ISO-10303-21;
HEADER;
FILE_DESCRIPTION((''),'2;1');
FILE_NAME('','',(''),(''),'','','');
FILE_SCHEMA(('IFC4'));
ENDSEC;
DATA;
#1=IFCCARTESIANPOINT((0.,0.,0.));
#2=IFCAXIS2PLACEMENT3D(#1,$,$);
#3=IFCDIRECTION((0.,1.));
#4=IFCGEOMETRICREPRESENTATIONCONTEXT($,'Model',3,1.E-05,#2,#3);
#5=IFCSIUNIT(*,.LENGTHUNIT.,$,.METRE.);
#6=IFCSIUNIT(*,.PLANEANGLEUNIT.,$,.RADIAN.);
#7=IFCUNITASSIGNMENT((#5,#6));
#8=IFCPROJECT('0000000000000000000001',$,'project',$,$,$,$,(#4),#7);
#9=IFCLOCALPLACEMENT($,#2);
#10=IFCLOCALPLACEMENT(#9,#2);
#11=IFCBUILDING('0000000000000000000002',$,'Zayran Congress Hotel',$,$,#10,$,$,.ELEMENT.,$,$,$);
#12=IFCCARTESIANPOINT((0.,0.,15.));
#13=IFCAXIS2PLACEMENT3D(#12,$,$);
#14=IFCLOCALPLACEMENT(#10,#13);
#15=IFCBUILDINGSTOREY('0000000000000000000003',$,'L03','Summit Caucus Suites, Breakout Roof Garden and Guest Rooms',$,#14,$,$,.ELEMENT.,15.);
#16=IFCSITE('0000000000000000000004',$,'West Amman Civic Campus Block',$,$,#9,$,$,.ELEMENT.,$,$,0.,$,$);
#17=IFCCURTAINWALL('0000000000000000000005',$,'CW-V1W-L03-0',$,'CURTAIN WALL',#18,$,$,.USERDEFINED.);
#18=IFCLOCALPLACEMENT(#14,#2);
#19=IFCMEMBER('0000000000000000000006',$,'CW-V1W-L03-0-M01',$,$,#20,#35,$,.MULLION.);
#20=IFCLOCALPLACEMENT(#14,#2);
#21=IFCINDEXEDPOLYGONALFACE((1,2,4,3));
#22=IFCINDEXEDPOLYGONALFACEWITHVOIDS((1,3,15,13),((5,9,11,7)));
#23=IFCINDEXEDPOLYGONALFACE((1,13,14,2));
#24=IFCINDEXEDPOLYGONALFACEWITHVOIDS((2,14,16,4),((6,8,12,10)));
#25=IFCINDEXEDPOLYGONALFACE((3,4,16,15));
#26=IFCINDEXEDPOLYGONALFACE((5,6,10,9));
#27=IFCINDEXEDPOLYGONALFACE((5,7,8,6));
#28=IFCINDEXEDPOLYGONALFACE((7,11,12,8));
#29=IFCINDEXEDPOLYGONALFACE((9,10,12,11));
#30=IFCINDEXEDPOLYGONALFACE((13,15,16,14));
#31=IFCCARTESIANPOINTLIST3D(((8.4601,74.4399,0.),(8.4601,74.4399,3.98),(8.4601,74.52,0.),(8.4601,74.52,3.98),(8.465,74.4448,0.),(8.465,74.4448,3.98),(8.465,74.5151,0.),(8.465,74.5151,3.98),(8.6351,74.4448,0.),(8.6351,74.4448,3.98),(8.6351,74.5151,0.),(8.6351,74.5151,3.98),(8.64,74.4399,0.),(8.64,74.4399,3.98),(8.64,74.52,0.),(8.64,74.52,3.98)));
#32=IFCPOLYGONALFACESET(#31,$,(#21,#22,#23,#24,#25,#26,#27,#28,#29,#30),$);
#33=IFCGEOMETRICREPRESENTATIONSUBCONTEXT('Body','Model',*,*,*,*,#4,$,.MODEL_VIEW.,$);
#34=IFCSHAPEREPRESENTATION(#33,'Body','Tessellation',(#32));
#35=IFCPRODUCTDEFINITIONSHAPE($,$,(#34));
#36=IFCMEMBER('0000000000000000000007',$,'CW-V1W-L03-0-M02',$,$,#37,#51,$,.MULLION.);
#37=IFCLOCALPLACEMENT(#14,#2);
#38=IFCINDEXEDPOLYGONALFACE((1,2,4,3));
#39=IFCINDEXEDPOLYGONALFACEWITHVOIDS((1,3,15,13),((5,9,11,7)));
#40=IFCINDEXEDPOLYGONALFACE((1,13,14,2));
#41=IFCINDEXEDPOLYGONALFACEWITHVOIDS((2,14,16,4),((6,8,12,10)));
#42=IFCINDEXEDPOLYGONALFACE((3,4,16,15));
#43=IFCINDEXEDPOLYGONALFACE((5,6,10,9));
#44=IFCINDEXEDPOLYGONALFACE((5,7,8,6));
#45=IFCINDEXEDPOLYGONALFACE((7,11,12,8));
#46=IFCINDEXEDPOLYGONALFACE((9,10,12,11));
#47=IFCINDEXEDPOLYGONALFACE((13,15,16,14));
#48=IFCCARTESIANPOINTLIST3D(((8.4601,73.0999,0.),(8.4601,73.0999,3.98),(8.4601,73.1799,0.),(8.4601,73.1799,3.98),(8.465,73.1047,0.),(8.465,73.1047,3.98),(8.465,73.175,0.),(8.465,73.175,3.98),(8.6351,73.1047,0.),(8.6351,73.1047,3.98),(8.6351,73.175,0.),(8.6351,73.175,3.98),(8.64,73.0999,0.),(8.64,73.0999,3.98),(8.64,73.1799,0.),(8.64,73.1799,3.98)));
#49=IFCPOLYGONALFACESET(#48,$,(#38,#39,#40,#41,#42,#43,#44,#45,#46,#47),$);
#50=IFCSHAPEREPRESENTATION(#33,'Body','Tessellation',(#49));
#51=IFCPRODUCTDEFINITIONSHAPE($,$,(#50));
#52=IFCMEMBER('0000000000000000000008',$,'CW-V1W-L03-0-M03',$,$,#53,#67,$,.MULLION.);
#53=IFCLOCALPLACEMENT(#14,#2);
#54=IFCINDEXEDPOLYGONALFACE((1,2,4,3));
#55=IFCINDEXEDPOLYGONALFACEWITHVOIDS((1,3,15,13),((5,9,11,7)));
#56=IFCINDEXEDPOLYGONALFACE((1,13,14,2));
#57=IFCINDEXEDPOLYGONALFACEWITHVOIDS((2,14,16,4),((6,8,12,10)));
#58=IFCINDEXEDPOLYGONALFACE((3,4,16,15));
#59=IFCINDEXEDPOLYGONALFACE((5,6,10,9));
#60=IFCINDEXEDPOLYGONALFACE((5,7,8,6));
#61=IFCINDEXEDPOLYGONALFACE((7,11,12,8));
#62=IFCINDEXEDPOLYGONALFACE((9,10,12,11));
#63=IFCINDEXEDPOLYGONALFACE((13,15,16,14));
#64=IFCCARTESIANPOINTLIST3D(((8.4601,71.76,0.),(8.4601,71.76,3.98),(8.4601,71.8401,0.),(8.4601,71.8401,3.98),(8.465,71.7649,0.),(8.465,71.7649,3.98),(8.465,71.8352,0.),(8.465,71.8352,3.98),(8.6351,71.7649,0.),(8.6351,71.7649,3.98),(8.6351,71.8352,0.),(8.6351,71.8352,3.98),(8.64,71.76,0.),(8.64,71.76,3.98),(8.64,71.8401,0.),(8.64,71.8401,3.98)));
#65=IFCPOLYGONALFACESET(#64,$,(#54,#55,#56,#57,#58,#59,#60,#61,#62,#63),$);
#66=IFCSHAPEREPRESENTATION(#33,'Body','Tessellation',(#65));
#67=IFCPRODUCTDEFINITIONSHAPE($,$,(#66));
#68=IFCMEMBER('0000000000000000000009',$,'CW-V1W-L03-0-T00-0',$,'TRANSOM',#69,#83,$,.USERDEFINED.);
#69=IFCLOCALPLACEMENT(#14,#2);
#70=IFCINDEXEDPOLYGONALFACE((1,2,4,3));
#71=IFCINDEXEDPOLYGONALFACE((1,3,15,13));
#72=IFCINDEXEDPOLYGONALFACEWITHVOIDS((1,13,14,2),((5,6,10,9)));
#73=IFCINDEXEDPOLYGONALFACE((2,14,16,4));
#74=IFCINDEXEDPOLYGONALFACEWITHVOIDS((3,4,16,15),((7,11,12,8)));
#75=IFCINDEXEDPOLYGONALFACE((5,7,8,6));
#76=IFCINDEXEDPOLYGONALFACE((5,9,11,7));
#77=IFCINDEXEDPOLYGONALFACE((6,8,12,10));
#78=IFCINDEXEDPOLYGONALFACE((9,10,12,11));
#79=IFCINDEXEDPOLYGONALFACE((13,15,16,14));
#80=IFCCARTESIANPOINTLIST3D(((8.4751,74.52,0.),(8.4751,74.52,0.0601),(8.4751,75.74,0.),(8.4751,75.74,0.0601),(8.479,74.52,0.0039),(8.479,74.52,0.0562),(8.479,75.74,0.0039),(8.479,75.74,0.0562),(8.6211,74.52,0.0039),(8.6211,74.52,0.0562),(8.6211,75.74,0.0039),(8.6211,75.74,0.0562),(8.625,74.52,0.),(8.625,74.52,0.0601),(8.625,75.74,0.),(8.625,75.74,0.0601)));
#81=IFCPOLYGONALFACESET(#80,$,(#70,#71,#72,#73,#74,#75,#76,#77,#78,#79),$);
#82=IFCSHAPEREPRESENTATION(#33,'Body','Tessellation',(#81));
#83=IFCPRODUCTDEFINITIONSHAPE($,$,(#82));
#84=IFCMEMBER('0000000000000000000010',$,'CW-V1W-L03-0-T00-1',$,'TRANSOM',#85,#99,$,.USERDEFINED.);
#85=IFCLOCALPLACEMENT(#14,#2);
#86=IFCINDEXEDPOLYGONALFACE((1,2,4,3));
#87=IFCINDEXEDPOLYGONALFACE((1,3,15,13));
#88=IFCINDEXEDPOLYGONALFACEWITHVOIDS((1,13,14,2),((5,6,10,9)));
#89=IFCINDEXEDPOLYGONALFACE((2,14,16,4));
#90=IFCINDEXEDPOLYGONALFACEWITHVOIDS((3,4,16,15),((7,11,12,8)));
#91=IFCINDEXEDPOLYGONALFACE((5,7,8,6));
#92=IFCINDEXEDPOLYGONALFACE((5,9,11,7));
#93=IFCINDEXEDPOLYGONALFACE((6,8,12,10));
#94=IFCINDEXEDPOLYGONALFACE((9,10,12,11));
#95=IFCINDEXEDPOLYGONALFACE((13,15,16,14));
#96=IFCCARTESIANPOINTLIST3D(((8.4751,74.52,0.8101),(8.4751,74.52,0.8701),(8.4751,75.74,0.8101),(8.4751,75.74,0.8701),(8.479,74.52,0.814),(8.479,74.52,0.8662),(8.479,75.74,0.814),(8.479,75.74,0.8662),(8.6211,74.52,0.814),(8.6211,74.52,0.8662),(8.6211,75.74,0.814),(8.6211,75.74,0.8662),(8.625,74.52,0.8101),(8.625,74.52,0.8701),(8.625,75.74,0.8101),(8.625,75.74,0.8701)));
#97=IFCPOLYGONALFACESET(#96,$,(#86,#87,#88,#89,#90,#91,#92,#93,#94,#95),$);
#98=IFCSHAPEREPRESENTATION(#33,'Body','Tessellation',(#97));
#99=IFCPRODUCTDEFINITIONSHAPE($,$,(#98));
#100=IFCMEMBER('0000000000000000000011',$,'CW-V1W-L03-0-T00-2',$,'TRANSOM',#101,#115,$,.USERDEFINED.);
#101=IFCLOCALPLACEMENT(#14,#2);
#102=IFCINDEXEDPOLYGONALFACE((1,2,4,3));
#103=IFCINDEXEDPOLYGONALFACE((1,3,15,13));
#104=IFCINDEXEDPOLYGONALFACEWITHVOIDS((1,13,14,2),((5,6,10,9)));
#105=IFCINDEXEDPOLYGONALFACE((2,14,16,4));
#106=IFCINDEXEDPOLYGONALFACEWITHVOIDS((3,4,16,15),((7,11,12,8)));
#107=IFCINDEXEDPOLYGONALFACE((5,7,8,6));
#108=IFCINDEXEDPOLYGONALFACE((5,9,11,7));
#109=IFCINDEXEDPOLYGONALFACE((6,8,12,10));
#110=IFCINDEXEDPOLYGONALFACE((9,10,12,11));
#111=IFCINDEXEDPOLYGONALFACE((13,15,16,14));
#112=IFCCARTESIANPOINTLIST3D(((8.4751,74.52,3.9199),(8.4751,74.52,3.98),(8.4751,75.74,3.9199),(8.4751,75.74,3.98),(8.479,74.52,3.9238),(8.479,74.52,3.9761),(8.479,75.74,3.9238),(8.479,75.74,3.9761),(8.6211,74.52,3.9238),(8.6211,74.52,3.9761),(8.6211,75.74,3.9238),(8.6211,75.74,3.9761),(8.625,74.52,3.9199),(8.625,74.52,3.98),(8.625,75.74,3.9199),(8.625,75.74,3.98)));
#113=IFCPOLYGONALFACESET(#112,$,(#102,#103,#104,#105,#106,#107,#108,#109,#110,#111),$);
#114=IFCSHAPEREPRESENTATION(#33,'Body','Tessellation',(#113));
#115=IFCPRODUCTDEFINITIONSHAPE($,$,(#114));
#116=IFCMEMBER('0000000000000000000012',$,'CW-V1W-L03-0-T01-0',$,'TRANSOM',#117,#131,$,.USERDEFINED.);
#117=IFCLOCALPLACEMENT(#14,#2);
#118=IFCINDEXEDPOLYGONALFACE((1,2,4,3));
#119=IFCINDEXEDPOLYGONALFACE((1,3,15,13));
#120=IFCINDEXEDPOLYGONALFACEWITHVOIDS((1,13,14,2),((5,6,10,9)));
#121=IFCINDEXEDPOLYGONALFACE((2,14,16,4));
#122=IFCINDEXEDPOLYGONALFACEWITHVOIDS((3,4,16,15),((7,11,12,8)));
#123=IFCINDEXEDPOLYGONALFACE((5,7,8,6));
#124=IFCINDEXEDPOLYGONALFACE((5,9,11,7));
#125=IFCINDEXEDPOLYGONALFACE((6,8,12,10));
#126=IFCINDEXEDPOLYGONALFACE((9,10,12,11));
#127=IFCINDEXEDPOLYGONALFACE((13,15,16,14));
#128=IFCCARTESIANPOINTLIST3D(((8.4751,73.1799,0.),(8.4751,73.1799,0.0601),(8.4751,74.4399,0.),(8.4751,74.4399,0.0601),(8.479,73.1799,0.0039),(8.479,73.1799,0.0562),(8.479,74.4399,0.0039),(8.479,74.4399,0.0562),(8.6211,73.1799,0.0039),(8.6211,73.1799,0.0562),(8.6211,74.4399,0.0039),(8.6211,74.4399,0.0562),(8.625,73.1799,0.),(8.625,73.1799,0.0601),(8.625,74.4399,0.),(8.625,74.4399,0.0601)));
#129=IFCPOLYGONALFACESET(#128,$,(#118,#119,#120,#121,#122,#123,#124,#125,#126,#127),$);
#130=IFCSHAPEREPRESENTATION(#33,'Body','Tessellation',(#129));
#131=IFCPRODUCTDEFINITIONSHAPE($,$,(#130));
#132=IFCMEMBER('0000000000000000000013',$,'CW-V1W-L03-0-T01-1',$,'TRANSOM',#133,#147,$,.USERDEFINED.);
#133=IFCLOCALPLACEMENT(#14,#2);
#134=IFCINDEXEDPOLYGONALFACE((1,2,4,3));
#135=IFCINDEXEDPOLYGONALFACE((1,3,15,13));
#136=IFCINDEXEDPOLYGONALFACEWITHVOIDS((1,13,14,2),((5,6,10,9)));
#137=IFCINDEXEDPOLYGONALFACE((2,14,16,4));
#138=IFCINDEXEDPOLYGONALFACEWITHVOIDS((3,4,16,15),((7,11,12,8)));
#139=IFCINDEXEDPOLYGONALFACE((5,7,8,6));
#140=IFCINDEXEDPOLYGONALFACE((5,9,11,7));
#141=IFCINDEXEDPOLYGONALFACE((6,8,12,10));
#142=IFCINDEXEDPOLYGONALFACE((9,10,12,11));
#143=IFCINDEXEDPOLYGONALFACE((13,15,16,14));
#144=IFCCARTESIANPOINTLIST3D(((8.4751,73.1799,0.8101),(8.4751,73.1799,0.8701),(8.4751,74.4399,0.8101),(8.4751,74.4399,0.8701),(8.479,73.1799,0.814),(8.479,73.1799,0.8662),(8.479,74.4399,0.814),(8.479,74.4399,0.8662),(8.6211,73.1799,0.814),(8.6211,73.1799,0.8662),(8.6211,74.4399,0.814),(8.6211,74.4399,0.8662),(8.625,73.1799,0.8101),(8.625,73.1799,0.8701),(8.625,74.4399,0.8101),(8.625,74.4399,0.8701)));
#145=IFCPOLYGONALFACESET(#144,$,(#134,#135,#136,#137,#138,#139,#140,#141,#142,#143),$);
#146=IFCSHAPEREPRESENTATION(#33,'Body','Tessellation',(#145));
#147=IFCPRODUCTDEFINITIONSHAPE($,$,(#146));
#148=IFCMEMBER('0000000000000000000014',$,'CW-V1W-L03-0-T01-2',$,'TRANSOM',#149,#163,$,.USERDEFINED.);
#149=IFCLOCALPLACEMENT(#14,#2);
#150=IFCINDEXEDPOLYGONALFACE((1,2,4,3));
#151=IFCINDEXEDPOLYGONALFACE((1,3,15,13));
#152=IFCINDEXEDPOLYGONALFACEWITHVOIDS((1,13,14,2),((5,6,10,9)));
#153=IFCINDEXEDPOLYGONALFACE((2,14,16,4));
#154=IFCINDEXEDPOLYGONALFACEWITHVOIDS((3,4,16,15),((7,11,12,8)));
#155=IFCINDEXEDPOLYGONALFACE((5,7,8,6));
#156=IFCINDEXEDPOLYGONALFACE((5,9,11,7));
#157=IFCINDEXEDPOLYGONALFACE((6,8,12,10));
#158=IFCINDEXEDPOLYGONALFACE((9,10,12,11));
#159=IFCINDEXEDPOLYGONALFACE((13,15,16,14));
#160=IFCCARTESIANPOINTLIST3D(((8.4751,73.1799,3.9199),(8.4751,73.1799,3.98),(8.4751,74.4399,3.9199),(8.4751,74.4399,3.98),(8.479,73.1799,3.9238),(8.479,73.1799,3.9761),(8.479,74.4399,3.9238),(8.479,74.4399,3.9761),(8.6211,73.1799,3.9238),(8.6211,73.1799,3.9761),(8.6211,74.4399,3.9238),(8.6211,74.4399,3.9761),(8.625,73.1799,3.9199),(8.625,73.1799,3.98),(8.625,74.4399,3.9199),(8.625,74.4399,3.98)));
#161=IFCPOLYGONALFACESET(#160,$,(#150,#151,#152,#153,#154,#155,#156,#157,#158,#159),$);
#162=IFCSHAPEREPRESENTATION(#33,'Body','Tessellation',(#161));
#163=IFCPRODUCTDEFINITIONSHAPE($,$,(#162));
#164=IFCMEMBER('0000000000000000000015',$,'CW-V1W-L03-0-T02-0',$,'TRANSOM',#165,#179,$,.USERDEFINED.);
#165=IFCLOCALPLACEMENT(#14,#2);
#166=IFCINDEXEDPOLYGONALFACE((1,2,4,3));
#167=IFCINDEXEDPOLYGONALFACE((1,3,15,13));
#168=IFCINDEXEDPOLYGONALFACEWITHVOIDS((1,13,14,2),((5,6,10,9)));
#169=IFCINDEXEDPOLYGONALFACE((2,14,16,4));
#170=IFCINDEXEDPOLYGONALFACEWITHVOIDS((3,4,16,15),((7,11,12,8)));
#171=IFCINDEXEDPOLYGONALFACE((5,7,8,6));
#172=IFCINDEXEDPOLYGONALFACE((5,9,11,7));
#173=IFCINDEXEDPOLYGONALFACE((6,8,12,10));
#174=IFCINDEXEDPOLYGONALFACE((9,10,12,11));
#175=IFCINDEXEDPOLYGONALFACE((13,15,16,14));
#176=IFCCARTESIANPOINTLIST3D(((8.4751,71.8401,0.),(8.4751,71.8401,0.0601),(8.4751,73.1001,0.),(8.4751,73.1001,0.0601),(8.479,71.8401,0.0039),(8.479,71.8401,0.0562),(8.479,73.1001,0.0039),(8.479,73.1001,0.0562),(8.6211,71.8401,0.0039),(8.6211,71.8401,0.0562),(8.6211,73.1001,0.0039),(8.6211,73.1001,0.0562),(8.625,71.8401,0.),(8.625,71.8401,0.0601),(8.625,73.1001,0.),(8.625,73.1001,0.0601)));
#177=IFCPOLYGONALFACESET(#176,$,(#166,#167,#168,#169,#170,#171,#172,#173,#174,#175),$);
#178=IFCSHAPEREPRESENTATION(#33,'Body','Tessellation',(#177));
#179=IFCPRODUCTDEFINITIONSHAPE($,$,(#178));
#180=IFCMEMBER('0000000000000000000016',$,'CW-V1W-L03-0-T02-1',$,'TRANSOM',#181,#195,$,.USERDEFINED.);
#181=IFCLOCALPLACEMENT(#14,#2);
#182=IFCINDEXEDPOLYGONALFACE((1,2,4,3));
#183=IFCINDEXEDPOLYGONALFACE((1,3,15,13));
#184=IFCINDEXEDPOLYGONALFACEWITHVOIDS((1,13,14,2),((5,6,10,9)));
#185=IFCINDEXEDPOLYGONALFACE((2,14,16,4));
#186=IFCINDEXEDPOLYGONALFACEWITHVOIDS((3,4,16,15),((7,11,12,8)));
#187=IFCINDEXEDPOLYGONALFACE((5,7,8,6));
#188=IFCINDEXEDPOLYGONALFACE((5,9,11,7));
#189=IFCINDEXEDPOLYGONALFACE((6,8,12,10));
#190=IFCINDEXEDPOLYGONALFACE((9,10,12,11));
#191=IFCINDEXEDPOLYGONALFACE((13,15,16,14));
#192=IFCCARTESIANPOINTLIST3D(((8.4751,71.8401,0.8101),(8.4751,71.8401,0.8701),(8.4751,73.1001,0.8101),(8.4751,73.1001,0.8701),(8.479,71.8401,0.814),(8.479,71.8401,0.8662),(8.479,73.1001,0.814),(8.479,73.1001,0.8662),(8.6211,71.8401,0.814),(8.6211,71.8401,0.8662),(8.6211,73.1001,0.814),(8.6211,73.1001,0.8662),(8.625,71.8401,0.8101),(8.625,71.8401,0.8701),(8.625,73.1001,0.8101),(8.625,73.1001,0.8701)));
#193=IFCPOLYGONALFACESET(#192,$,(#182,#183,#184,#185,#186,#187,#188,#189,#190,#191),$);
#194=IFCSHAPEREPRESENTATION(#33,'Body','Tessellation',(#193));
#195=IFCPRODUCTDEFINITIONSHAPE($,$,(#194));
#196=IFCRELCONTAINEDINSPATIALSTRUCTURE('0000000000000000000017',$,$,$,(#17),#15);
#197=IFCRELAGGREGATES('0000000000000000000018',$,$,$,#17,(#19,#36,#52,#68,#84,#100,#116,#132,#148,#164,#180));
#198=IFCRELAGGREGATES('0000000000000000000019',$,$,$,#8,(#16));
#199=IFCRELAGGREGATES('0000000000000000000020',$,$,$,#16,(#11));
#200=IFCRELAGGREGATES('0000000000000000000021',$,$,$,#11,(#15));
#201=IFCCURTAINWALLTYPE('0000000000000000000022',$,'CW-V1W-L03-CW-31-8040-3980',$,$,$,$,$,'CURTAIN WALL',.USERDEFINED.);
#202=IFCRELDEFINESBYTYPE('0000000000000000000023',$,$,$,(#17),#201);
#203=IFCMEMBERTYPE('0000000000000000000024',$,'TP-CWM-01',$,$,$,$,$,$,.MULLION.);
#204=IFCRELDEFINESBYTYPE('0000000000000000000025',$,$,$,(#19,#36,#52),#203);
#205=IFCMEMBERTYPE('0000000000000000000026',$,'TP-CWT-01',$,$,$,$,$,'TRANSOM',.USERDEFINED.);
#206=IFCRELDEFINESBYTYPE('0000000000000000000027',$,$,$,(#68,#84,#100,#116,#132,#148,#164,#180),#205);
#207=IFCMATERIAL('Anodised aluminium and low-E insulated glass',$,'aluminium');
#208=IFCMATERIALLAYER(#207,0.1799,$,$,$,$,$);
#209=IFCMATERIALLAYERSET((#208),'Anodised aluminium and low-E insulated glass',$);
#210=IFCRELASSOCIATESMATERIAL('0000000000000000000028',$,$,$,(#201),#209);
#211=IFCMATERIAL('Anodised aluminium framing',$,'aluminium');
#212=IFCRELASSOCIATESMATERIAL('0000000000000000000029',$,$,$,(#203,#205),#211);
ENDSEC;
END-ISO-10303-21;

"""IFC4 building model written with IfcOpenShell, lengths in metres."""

from ifc_helpers import new_model, si_unit, direction, frame, origin, origin_2d, place, context, subcontext, project, spatial, hollow_rectangle, extrude, material, layer, layer_set, material_profile, profile_set, type_object, element, aggregate, save


model = new_model("IFC4")

# Units and contexts
model_context = context("Model", 3, precision=1e-05, world=origin(), true_north=direction((0.0, 1.0)))
body_context = subcontext(model_context, "Body", "Model", "MODEL_VIEW")
ifc_project = project(units=[si_unit("LENGTHUNIT", "METRE"), si_unit("PLANEANGLEUNIT", "RADIAN")], contexts=[model_context])

# Site, building, storey
site_placement = place(None, origin())
site = spatial("IfcSite", under=ifc_project, at=site_placement, Name="West Amman Civic Campus Block", CompositionType="ELEMENT", RefElevation=0.0)
building_placement = place(site_placement, origin())
building = spatial("IfcBuilding", under=site, at=building_placement, Name="Zayran Congress Hotel", CompositionType="ELEMENT")
storey_placement = place(building_placement, frame((0.0, 0.0, 15.0)))
storey = spatial("IfcBuildingStorey", under=building, at=storey_placement, Name="L03", Description="Summit Caucus Suites, Breakout Roof Garden and Guest Rooms", CompositionType="ELEMENT", Elevation=15.0)

# Curtain wall, members
ifc_material_1 = material(Name="Anodised aluminium and low-E insulated glass", Category="aluminium")
ifc_layer_1 = layer(ifc_material_1, 0.1799)
ifc_layer_set_1 = layer_set([ifc_layer_1], Name="Anodised aluminium and low-E insulated glass")
curtain_wall_type = type_object("IfcCurtainWallType", Name="CW-V1W-L03-CW-31-8040-3980", ElementType="CURTAIN WALL", PredefinedType="USERDEFINED", material=ifc_layer_set_1)
curtain_wall_placement = place(storey_placement, origin())
curtain_wall = element("IfcCurtainWall", 1, at=curtain_wall_placement, inside=storey, type_object=curtain_wall_type, Name="CW-V1W-L03-0", ObjectType="CURTAIN WALL", PredefinedType="USERDEFINED")
ifc_material_2 = material(Name="Anodised aluminium framing", Category="aluminium")
ifc_material_profile_1 = material_profile(ifc_material_2, hollow_rectangle(XDim=0.0801, YDim=0.1799, WallThickness=0.0049, at=origin_2d()), Name="RHS 180x80x5")
ifc_profile_set_1 = profile_set([ifc_material_profile_1], Name="Anodised aluminium framing")
member_type_1 = type_object("IfcMemberType", Name="TP-CWM-01", PredefinedType="MULLION", material=ifc_profile_set_1)
member_1_placement = place(storey_placement, frame((8.55, 74.48, 0.0), z_axis=(0.0, 0.0, 1.0), x_axis=(0.0, 1.0, 0.0)))
member_1 = element("IfcMember", 2, at=member_1_placement, type_object=member_type_1, Name="CW-V1W-L03-0-M01", PredefinedType="MULLION", context=body_context, shape_type="SweptSolid", body=[
    extrude(hollow_rectangle(XDim=0.0801, YDim=0.1799, WallThickness=0.0049, at=origin_2d()), origin(), (0.0, 0.0, 1.0), 3.98),
])
member_2_placement = place(storey_placement, frame((8.55, 73.1399, 0.0), z_axis=(0.0, 0.0, 1.0), x_axis=(0.0, 1.0, 0.0)))
member_2 = element("IfcMember", 3, at=member_2_placement, type_object=member_type_1, Name="CW-V1W-L03-0-M02", PredefinedType="MULLION", context=body_context, shape_type="SweptSolid", body=[
    extrude(hollow_rectangle(XDim=0.0801, YDim=0.1799, WallThickness=0.0049, at=origin_2d()), origin(), (0.0, 0.0, 1.0), 3.98),
])
member_3_placement = place(storey_placement, frame((8.55, 71.8, 0.0), z_axis=(0.0, 0.0, 1.0), x_axis=(0.0, 1.0, 0.0)))
member_3 = element("IfcMember", 4, at=member_3_placement, type_object=member_type_1, Name="CW-V1W-L03-0-M03", PredefinedType="MULLION", context=body_context, shape_type="SweptSolid", body=[
    extrude(hollow_rectangle(XDim=0.0801, YDim=0.1799, WallThickness=0.0049, at=origin_2d()), origin(), (0.0, 0.0, 1.0), 3.98),
])
ifc_material_profile_2 = material_profile(ifc_material_2, hollow_rectangle(XDim=0.0601, YDim=0.1499, WallThickness=0.0039, at=origin_2d()), Name="RHS 150x60x4")
ifc_profile_set_2 = profile_set([ifc_material_profile_2], Name="Anodised aluminium framing")
member_type_2 = type_object("IfcMemberType", Name="TP-CWT-01", ElementType="TRANSOM", PredefinedType="USERDEFINED", material=ifc_profile_set_2)
member_4_placement = place(storey_placement, frame((8.55, 75.74, 0.03), z_axis=(0.0, -1.0, 0.0), x_axis=(0.0, 0.0, 1.0)))
member_4 = element("IfcMember", 5, at=member_4_placement, type_object=member_type_2, Name="CW-V1W-L03-0-T00-0", ObjectType="TRANSOM", PredefinedType="USERDEFINED", context=body_context, shape_type="SweptSolid", body=[
    extrude(hollow_rectangle(XDim=0.0601, YDim=0.1499, WallThickness=0.0039, at=origin_2d()), origin(), (0.0, 0.0, 1.0), 1.22),
])
member_5_placement = place(storey_placement, frame((8.55, 75.74, 0.8401), z_axis=(0.0, -1.0, 0.0), x_axis=(0.0, 0.0, 1.0)))
member_5 = element("IfcMember", 6, at=member_5_placement, type_object=member_type_2, Name="CW-V1W-L03-0-T00-1", ObjectType="TRANSOM", PredefinedType="USERDEFINED", context=body_context, shape_type="SweptSolid", body=[
    extrude(hollow_rectangle(XDim=0.0601, YDim=0.1499, WallThickness=0.0039, at=origin_2d()), origin(), (0.0, 0.0, 1.0), 1.22),
])
member_6_placement = place(storey_placement, frame((8.55, 75.74, 3.95), z_axis=(0.0, -1.0, 0.0), x_axis=(0.0, 0.0, 1.0)))
member_6 = element("IfcMember", 7, at=member_6_placement, type_object=member_type_2, Name="CW-V1W-L03-0-T00-2", ObjectType="TRANSOM", PredefinedType="USERDEFINED", context=body_context, shape_type="SweptSolid", body=[
    extrude(hollow_rectangle(XDim=0.0601, YDim=0.1499, WallThickness=0.0039, at=origin_2d()), origin(), (0.0, 0.0, 1.0), 1.22),
])
member_7_placement = place(storey_placement, frame((8.55, 74.4399, 0.03), z_axis=(0.0, -1.0, 0.0), x_axis=(0.0, 0.0, 1.0)))
member_7 = element("IfcMember", 8, at=member_7_placement, type_object=member_type_2, Name="CW-V1W-L03-0-T01-0", ObjectType="TRANSOM", PredefinedType="USERDEFINED", context=body_context, shape_type="SweptSolid", body=[
    extrude(hollow_rectangle(XDim=0.0601, YDim=0.1499, WallThickness=0.0039, at=origin_2d()), origin(), (0.0, 0.0, 1.0), 1.26),
])
member_8_placement = place(storey_placement, frame((8.55, 74.4399, 0.8401), z_axis=(0.0, -1.0, 0.0), x_axis=(0.0, 0.0, 1.0)))
member_8 = element("IfcMember", 9, at=member_8_placement, type_object=member_type_2, Name="CW-V1W-L03-0-T01-1", ObjectType="TRANSOM", PredefinedType="USERDEFINED", context=body_context, shape_type="SweptSolid", body=[
    extrude(hollow_rectangle(XDim=0.0601, YDim=0.1499, WallThickness=0.0039, at=origin_2d()), origin(), (0.0, 0.0, 1.0), 1.26),
])
member_9_placement = place(storey_placement, frame((8.55, 74.4399, 3.95), z_axis=(0.0, -1.0, 0.0), x_axis=(0.0, 0.0, 1.0)))
member_9 = element("IfcMember", 10, at=member_9_placement, type_object=member_type_2, Name="CW-V1W-L03-0-T01-2", ObjectType="TRANSOM", PredefinedType="USERDEFINED", context=body_context, shape_type="SweptSolid", body=[
    extrude(hollow_rectangle(XDim=0.0601, YDim=0.1499, WallThickness=0.0039, at=origin_2d()), origin(), (0.0, 0.0, 1.0), 1.26),
])
member_10_placement = place(storey_placement, frame((8.55, 73.1001, 0.03), z_axis=(0.0, -1.0, 0.0), x_axis=(0.0, 0.0, 1.0)))
member_10 = element("IfcMember", 11, at=member_10_placement, type_object=member_type_2, Name="CW-V1W-L03-0-T02-0", ObjectType="TRANSOM", PredefinedType="USERDEFINED", context=body_context, shape_type="SweptSolid", body=[
    extrude(hollow_rectangle(XDim=0.0601, YDim=0.1499, WallThickness=0.0039, at=origin_2d()), origin(), (0.0, 0.0, 1.0), 1.26),
])
member_11_placement = place(storey_placement, frame((8.55, 73.1001, 0.8401), z_axis=(0.0, -1.0, 0.0), x_axis=(0.0, 0.0, 1.0)))
member_11 = element("IfcMember", 12, at=member_11_placement, type_object=member_type_2, Name="CW-V1W-L03-0-T02-1", ObjectType="TRANSOM", PredefinedType="USERDEFINED", context=body_context, shape_type="SweptSolid", body=[
    extrude(hollow_rectangle(XDim=0.0601, YDim=0.1499, WallThickness=0.0039, at=origin_2d()), origin(), (0.0, 0.0, 1.0), 1.26),
])
aggregate(curtain_wall, [member_1, member_2, member_3, member_4, member_5, member_6, member_7, member_8, member_9, member_10, member_11])

save(model, "model.ifc")
